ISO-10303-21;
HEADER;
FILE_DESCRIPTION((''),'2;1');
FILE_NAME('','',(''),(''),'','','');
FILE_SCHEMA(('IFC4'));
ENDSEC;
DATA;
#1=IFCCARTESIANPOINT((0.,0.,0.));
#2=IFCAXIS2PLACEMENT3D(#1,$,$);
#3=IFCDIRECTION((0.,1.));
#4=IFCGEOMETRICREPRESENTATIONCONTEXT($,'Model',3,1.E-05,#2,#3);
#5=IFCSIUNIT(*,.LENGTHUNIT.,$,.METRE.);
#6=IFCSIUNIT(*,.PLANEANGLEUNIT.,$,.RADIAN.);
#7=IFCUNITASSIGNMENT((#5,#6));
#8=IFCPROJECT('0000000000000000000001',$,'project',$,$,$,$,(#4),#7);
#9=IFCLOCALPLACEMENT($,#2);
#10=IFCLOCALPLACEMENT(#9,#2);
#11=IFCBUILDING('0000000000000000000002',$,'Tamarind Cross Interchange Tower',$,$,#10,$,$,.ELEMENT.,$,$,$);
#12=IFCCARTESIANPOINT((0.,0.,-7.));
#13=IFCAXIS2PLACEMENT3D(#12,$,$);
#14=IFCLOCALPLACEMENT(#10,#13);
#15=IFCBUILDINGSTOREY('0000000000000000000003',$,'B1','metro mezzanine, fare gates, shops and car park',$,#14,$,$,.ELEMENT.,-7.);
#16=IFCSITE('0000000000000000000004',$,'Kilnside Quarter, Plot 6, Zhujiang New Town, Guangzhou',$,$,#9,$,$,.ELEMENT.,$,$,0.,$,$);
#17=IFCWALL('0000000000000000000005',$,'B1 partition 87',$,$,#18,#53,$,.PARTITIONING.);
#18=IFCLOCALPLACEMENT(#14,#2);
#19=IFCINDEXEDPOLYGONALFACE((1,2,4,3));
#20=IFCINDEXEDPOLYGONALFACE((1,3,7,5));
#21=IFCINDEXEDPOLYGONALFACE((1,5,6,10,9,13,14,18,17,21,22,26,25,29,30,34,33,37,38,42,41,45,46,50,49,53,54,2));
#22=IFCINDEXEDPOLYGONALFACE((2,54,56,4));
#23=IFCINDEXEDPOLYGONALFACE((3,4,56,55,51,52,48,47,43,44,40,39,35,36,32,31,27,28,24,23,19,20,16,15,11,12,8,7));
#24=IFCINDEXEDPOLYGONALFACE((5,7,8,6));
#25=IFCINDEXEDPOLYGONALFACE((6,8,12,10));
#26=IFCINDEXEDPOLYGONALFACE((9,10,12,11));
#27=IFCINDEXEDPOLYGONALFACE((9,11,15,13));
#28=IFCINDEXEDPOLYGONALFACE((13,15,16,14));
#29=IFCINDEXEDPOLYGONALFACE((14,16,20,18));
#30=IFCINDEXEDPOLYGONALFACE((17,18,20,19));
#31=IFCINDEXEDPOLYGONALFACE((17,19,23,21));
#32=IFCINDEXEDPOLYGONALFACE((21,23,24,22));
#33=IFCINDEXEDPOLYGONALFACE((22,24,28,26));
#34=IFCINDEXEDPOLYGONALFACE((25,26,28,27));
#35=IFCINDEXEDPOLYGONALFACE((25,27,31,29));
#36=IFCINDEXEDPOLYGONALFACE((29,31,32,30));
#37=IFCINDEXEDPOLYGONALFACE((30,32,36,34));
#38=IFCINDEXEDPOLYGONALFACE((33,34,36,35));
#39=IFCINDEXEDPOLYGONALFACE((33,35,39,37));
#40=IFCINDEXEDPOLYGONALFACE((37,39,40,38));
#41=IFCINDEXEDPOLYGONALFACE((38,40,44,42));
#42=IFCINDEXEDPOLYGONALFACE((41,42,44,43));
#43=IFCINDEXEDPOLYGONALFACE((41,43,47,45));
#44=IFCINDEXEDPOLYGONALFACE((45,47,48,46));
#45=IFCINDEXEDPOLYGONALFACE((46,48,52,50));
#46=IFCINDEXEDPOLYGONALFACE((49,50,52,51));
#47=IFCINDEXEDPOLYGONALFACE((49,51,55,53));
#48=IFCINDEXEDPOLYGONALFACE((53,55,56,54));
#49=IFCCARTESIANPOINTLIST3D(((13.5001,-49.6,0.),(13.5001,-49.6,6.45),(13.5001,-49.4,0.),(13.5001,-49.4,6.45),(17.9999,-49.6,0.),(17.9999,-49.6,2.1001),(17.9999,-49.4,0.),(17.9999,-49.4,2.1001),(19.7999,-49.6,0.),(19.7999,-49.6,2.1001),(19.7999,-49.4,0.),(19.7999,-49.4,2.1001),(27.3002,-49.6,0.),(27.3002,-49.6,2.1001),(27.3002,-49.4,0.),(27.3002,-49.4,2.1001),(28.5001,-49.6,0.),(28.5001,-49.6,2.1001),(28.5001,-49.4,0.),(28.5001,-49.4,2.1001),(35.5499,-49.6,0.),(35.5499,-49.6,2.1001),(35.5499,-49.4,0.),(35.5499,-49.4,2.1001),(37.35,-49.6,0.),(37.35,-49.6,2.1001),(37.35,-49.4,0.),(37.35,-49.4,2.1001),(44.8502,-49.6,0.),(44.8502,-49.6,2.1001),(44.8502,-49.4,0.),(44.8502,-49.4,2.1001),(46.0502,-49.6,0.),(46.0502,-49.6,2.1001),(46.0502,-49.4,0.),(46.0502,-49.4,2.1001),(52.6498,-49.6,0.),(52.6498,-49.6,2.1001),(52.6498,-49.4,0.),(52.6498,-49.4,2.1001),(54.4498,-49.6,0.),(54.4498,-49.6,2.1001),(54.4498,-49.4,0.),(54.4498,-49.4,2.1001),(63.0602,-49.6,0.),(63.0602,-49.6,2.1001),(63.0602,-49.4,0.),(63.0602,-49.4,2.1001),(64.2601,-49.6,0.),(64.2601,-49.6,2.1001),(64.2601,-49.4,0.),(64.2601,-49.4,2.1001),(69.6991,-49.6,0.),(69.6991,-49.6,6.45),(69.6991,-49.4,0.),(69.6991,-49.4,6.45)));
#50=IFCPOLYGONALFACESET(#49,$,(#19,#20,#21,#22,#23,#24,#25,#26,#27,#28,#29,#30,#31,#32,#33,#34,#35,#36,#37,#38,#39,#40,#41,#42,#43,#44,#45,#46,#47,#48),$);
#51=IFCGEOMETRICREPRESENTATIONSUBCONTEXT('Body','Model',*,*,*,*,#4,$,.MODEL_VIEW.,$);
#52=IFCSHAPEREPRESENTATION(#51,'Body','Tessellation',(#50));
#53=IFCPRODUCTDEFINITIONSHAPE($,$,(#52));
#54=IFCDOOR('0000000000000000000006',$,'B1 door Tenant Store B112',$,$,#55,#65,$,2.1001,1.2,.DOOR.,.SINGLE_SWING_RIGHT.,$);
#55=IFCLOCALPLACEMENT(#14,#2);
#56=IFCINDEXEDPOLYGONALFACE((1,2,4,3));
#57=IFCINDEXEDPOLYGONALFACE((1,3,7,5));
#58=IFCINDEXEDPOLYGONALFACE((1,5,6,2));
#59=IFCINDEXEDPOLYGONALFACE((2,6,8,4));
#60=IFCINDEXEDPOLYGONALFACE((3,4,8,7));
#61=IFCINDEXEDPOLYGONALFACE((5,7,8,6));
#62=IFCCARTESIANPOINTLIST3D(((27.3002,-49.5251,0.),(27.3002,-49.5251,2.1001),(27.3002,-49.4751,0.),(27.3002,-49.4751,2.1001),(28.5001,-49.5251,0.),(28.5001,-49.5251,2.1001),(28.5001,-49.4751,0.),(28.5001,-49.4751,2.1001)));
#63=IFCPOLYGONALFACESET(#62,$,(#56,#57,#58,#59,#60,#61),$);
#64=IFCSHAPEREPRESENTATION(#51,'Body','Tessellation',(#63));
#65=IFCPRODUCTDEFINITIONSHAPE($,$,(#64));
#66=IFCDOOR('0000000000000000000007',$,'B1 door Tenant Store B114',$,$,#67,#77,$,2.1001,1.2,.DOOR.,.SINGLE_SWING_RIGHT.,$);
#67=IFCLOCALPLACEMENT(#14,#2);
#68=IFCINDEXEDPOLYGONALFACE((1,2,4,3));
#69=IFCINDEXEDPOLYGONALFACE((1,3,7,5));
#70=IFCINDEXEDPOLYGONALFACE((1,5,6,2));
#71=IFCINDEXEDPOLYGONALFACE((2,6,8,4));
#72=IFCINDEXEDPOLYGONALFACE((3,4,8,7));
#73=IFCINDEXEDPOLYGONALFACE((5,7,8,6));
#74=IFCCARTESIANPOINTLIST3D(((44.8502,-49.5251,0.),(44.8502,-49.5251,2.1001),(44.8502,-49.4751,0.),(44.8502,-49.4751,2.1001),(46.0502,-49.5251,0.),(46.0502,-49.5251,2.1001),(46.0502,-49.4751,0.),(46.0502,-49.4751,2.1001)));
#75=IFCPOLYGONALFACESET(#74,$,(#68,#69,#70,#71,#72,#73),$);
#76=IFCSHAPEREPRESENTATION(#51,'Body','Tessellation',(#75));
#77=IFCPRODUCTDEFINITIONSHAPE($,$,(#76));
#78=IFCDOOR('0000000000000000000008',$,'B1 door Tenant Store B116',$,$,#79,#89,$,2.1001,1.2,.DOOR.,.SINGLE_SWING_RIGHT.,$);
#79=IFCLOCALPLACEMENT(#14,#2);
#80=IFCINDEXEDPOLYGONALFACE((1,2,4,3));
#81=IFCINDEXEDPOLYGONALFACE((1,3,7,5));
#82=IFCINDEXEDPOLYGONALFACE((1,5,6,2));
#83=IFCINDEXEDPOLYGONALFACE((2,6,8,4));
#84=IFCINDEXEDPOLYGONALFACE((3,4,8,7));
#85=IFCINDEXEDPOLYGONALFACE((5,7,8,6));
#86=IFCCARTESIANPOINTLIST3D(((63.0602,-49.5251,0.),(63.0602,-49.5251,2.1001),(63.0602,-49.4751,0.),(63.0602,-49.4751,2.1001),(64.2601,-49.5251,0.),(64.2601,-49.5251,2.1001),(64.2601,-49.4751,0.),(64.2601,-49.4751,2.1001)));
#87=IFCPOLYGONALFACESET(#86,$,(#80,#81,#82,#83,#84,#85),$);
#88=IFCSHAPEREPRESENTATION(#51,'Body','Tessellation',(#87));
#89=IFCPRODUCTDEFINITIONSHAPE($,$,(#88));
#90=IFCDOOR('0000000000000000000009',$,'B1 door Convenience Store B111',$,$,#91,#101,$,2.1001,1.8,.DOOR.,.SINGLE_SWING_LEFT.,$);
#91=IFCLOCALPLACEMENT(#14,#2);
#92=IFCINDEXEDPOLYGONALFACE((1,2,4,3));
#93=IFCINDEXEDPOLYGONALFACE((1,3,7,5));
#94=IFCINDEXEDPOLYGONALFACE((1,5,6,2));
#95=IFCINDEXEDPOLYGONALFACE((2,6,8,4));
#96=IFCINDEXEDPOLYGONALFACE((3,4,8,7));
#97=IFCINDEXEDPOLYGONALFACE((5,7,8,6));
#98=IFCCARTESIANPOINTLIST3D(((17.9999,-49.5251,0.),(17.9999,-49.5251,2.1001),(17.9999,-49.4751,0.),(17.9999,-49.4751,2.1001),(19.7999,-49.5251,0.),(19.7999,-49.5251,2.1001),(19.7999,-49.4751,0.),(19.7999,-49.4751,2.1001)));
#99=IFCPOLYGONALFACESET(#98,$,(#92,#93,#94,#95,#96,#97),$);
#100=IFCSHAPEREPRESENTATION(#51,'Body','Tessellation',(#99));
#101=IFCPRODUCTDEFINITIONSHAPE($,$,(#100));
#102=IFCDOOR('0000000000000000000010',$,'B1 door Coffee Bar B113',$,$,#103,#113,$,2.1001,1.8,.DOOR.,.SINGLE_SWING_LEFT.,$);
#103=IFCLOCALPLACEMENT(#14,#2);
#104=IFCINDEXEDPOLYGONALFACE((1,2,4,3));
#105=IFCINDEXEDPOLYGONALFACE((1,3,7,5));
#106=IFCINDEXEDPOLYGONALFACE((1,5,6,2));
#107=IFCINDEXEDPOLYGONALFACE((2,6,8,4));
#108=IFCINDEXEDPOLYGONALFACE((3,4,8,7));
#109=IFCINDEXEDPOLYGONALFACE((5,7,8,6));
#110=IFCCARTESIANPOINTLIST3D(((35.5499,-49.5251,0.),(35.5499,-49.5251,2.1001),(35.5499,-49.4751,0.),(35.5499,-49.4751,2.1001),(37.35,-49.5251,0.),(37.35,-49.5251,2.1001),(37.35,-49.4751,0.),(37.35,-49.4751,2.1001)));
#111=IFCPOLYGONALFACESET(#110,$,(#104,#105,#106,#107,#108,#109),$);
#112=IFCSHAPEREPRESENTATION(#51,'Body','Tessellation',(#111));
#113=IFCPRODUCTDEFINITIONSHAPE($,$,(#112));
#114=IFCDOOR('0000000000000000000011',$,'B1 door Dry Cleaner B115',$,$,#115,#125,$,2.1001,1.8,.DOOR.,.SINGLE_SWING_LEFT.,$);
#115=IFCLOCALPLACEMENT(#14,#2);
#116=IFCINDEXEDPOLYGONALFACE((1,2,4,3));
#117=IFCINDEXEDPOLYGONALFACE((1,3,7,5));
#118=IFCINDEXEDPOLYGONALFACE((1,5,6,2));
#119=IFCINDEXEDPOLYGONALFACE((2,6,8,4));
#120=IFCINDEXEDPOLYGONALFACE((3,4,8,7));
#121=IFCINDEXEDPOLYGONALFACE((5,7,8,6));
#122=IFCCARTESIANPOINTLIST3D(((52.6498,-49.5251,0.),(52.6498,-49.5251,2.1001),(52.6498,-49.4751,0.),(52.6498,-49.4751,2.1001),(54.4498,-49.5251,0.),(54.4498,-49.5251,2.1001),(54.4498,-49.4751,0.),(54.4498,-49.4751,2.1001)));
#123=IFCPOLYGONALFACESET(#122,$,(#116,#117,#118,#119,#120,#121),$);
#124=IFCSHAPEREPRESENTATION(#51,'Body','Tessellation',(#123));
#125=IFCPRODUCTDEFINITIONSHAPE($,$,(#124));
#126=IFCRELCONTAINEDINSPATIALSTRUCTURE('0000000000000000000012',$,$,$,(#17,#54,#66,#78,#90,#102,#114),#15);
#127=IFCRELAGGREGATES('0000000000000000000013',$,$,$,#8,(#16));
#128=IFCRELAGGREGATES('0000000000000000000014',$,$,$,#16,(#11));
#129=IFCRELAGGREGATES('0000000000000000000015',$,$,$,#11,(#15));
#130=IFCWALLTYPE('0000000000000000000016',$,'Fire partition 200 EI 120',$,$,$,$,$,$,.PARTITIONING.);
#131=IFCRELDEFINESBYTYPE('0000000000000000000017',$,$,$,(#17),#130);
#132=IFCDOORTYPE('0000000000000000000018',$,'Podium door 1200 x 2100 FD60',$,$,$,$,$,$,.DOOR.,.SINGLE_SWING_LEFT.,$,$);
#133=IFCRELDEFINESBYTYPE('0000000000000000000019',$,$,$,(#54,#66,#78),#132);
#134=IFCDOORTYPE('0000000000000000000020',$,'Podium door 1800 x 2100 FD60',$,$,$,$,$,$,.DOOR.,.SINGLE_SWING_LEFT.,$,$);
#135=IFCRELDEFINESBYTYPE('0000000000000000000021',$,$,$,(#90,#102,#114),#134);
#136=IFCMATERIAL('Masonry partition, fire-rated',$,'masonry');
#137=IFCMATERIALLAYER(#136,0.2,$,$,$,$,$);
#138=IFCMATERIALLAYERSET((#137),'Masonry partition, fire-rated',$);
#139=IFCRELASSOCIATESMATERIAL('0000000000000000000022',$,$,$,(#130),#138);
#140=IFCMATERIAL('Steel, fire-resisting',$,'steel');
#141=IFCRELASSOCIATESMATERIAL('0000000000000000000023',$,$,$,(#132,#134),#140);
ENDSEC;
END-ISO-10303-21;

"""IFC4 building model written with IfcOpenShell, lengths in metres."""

from ifc_helpers import new_model, si_unit, direction, frame, frame_2d, origin, place, context, subcontext, project, spatial, rectangle, extrude, material, layer, layer_set, type_object, element, fill, save


model = new_model("IFC4")

# Units and contexts
model_context = context("Model", 3, precision=1e-05, world=origin(), true_north=direction((0.0, 1.0)))
body_context = subcontext(model_context, "Body", "Model", "MODEL_VIEW")
ifc_project = project(units=[si_unit("LENGTHUNIT", "METRE"), si_unit("PLANEANGLEUNIT", "RADIAN")], contexts=[model_context])

# Site, building, storey
site_placement = place(None, origin())
site = spatial("IfcSite", under=ifc_project, at=site_placement, Name="Kilnside Quarter, Plot 6, Zhujiang New Town, Guangzhou", CompositionType="ELEMENT", RefElevation=0.0)
building_placement = place(site_placement, origin())
building = spatial("IfcBuilding", under=site, at=building_placement, Name="Tamarind Cross Interchange Tower", CompositionType="ELEMENT")
storey_placement = place(building_placement, frame((0.0, 0.0, -7.0)))
storey = spatial("IfcBuildingStorey", under=building, at=storey_placement, Name="B1", Description="metro mezzanine, fare gates, shops and car park", CompositionType="ELEMENT", Elevation=-7.0)

# Shared definitions
ifc_material_1 = material(Name="Masonry partition, fire-rated", Category="masonry")
ifc_layer_1 = layer(ifc_material_1, 0.2)
ifc_layer_set_1 = layer_set([ifc_layer_1], Name="Masonry partition, fire-rated")
wall_type_1 = type_object("IfcWallType", Name="Fire partition 200 EI 120", PredefinedType="PARTITIONING", material=ifc_layer_set_1)

# Wall, openings, doors
wall_1_placement = place(storey_placement, frame((13.5, -49.5, 0.0), z_axis=(0.0, 0.0, 1.0), x_axis=(1.0, 0.0, 0.0)))
wall_1 = element("IfcWall", 1, at=wall_1_placement, inside=storey, type_object=wall_type_1, Name="B1 partition 87", PredefinedType="PARTITIONING", context=body_context, shape_type="SweptSolid", body=[
    extrude(rectangle(XDim=56.199, YDim=0.2, at=frame_2d((28.0996, 0.0))), origin(), (0.0, 0.0, 1.0), 6.45),
])
opening_1_placement = place(wall_1_placement, frame((4.5, 0.0, 0.0)))
opening_1 = element("IfcOpeningElement", 2, at=opening_1_placement, cuts=wall_1, PredefinedType="OPENING", context=body_context, shape_type="SweptSolid", body=[
    extrude(rectangle(XDim=1.8, YDim=2.1001, at=frame_2d((0.8999, 1.05))), frame((0.0, 0.1099, 0.0), z_axis=(0.0, -1.0, 0.0), x_axis=(1.0, 0.0, 0.0)), (0.0, 0.0, 1.0), 0.22),
])
opening_2_placement = place(wall_1_placement, frame((13.8, 0.0, 0.0)))
opening_2 = element("IfcOpeningElement", 3, at=opening_2_placement, cuts=wall_1, PredefinedType="OPENING", context=body_context, shape_type="SweptSolid", body=[
    extrude(rectangle(XDim=1.2, YDim=2.1001, at=frame_2d((0.6001, 1.05))), frame((0.0, 0.1099, 0.0), z_axis=(0.0, -1.0, 0.0), x_axis=(1.0, 0.0, 0.0)), (0.0, 0.0, 1.0), 0.22),
])
opening_3_placement = place(wall_1_placement, frame((22.05, 0.0, 0.0)))
opening_3 = element("IfcOpeningElement", 4, at=opening_3_placement, cuts=wall_1, PredefinedType="OPENING", context=body_context, shape_type="SweptSolid", body=[
    extrude(rectangle(XDim=1.8, YDim=2.1001, at=frame_2d((0.8999, 1.05))), frame((0.0, 0.1099, 0.0), z_axis=(0.0, -1.0, 0.0), x_axis=(1.0, 0.0, 0.0)), (0.0, 0.0, 1.0), 0.22),
])
opening_4_placement = place(wall_1_placement, frame((31.3501, 0.0, 0.0)))
opening_4 = element("IfcOpeningElement", 5, at=opening_4_placement, cuts=wall_1, PredefinedType="OPENING", context=body_context, shape_type="SweptSolid", body=[
    extrude(rectangle(XDim=1.2, YDim=2.1001, at=frame_2d((0.6001, 1.05))), frame((0.0, 0.1099, 0.0), z_axis=(0.0, -1.0, 0.0), x_axis=(1.0, 0.0, 0.0)), (0.0, 0.0, 1.0), 0.22),
])
opening_5_placement = place(wall_1_placement, frame((39.1499, 0.0, 0.0)))
opening_5 = element("IfcOpeningElement", 6, at=opening_5_placement, cuts=wall_1, PredefinedType="OPENING", context=body_context, shape_type="SweptSolid", body=[
    extrude(rectangle(XDim=1.8, YDim=2.1001, at=frame_2d((0.8999, 1.05))), frame((0.0, 0.1099, 0.0), z_axis=(0.0, -1.0, 0.0), x_axis=(1.0, 0.0, 0.0)), (0.0, 0.0, 1.0), 0.22),
])
opening_6_placement = place(wall_1_placement, frame((49.5601, 0.0, 0.0)))
opening_6 = element("IfcOpeningElement", 7, at=opening_6_placement, cuts=wall_1, PredefinedType="OPENING", context=body_context, shape_type="SweptSolid", body=[
    extrude(rectangle(XDim=1.2, YDim=2.1001, at=frame_2d((0.6001, 1.05))), frame((0.0, 0.1099, 0.0), z_axis=(0.0, -1.0, 0.0), x_axis=(1.0, 0.0, 0.0)), (0.0, 0.0, 1.0), 0.22),
])
ifc_material_2 = material(Name="Steel, fire-resisting", Category="steel")
door_type_1 = type_object("IfcDoorType", Name="Podium door 1200 x 2100 FD60", OperationType="SINGLE_SWING_LEFT", PredefinedType="DOOR", material=ifc_material_2)
door_1_placement = place(opening_2_placement, origin())
door_1 = element("IfcDoor", 8, at=door_1_placement, inside=storey, type_object=door_type_1, Name="B1 door Tenant Store B112", OperationType="SINGLE_SWING_RIGHT", OverallHeight=2.1001, OverallWidth=1.2, PredefinedType="DOOR", context=body_context, shape_type="SweptSolid", body=[
    extrude(rectangle(XDim=1.2, YDim=2.1001, at=frame_2d((0.6001, 1.05))), frame((0.0, 0.0249, 0.0), z_axis=(0.0, -1.0, 0.0), x_axis=(1.0, 0.0, 0.0)), (0.0, 0.0, 1.0), 0.05),
])
fill(opening_2, door_1)
door_2_placement = place(opening_4_placement, origin())
door_2 = element("IfcDoor", 9, at=door_2_placement, inside=storey, type_object=door_type_1, Name="B1 door Tenant Store B114", OperationType="SINGLE_SWING_RIGHT", OverallHeight=2.1001, OverallWidth=1.2, PredefinedType="DOOR", context=body_context, shape_type="SweptSolid", body=[
    extrude(rectangle(XDim=1.2, YDim=2.1001, at=frame_2d((0.6001, 1.05))), frame((0.0, 0.0249, 0.0), z_axis=(0.0, -1.0, 0.0), x_axis=(1.0, 0.0, 0.0)), (0.0, 0.0, 1.0), 0.05),
])
fill(opening_4, door_2)
door_3_placement = place(opening_6_placement, origin())
door_3 = element("IfcDoor", 10, at=door_3_placement, inside=storey, type_object=door_type_1, Name="B1 door Tenant Store B116", OperationType="SINGLE_SWING_RIGHT", OverallHeight=2.1001, OverallWidth=1.2, PredefinedType="DOOR", context=body_context, shape_type="SweptSolid", body=[
    extrude(rectangle(XDim=1.2, YDim=2.1001, at=frame_2d((0.6001, 1.05))), frame((0.0, 0.0249, 0.0), z_axis=(0.0, -1.0, 0.0), x_axis=(1.0, 0.0, 0.0)), (0.0, 0.0, 1.0), 0.05),
])
fill(opening_6, door_3)
door_type_2 = type_object("IfcDoorType", Name="Podium door 1800 x 2100 FD60", OperationType="SINGLE_SWING_LEFT", PredefinedType="DOOR", material=ifc_material_2)
door_4_placement = place(opening_1_placement, origin())
door_4 = element("IfcDoor", 11, at=door_4_placement, inside=storey, type_object=door_type_2, Name="B1 door Convenience Store B111", OperationType="SINGLE_SWING_LEFT", OverallHeight=2.1001, OverallWidth=1.8, PredefinedType="DOOR", context=body_context, shape_type="SweptSolid", body=[
    extrude(rectangle(XDim=1.8, YDim=2.1001, at=frame_2d((0.8999, 1.05))), frame((0.0, 0.0249, 0.0), z_axis=(0.0, -1.0, 0.0), x_axis=(1.0, 0.0, 0.0)), (0.0, 0.0, 1.0), 0.05),
])
fill(opening_1, door_4)
door_5_placement = place(opening_3_placement, origin())
door_5 = element("IfcDoor", 12, at=door_5_placement, inside=storey, type_object=door_type_2, Name="B1 door Coffee Bar B113", OperationType="SINGLE_SWING_LEFT", OverallHeight=2.1001, OverallWidth=1.8, PredefinedType="DOOR", context=body_context, shape_type="SweptSolid", body=[
    extrude(rectangle(XDim=1.8, YDim=2.1001, at=frame_2d((0.8999, 1.05))), frame((0.0, 0.0249, 0.0), z_axis=(0.0, -1.0, 0.0), x_axis=(1.0, 0.0, 0.0)), (0.0, 0.0, 1.0), 0.05),
])
fill(opening_3, door_5)
door_6_placement = place(opening_5_placement, origin())
door_6 = element("IfcDoor", 13, at=door_6_placement, inside=storey, type_object=door_type_2, Name="B1 door Dry Cleaner B115", OperationType="SINGLE_SWING_LEFT", OverallHeight=2.1001, OverallWidth=1.8, PredefinedType="DOOR", context=body_context, shape_type="SweptSolid", body=[
    extrude(rectangle(XDim=1.8, YDim=2.1001, at=frame_2d((0.8999, 1.05))), frame((0.0, 0.0249, 0.0), z_axis=(0.0, -1.0, 0.0), x_axis=(1.0, 0.0, 0.0)), (0.0, 0.0, 1.0), 0.05),
])
fill(opening_5, door_6)

save(model, "model.ifc")
